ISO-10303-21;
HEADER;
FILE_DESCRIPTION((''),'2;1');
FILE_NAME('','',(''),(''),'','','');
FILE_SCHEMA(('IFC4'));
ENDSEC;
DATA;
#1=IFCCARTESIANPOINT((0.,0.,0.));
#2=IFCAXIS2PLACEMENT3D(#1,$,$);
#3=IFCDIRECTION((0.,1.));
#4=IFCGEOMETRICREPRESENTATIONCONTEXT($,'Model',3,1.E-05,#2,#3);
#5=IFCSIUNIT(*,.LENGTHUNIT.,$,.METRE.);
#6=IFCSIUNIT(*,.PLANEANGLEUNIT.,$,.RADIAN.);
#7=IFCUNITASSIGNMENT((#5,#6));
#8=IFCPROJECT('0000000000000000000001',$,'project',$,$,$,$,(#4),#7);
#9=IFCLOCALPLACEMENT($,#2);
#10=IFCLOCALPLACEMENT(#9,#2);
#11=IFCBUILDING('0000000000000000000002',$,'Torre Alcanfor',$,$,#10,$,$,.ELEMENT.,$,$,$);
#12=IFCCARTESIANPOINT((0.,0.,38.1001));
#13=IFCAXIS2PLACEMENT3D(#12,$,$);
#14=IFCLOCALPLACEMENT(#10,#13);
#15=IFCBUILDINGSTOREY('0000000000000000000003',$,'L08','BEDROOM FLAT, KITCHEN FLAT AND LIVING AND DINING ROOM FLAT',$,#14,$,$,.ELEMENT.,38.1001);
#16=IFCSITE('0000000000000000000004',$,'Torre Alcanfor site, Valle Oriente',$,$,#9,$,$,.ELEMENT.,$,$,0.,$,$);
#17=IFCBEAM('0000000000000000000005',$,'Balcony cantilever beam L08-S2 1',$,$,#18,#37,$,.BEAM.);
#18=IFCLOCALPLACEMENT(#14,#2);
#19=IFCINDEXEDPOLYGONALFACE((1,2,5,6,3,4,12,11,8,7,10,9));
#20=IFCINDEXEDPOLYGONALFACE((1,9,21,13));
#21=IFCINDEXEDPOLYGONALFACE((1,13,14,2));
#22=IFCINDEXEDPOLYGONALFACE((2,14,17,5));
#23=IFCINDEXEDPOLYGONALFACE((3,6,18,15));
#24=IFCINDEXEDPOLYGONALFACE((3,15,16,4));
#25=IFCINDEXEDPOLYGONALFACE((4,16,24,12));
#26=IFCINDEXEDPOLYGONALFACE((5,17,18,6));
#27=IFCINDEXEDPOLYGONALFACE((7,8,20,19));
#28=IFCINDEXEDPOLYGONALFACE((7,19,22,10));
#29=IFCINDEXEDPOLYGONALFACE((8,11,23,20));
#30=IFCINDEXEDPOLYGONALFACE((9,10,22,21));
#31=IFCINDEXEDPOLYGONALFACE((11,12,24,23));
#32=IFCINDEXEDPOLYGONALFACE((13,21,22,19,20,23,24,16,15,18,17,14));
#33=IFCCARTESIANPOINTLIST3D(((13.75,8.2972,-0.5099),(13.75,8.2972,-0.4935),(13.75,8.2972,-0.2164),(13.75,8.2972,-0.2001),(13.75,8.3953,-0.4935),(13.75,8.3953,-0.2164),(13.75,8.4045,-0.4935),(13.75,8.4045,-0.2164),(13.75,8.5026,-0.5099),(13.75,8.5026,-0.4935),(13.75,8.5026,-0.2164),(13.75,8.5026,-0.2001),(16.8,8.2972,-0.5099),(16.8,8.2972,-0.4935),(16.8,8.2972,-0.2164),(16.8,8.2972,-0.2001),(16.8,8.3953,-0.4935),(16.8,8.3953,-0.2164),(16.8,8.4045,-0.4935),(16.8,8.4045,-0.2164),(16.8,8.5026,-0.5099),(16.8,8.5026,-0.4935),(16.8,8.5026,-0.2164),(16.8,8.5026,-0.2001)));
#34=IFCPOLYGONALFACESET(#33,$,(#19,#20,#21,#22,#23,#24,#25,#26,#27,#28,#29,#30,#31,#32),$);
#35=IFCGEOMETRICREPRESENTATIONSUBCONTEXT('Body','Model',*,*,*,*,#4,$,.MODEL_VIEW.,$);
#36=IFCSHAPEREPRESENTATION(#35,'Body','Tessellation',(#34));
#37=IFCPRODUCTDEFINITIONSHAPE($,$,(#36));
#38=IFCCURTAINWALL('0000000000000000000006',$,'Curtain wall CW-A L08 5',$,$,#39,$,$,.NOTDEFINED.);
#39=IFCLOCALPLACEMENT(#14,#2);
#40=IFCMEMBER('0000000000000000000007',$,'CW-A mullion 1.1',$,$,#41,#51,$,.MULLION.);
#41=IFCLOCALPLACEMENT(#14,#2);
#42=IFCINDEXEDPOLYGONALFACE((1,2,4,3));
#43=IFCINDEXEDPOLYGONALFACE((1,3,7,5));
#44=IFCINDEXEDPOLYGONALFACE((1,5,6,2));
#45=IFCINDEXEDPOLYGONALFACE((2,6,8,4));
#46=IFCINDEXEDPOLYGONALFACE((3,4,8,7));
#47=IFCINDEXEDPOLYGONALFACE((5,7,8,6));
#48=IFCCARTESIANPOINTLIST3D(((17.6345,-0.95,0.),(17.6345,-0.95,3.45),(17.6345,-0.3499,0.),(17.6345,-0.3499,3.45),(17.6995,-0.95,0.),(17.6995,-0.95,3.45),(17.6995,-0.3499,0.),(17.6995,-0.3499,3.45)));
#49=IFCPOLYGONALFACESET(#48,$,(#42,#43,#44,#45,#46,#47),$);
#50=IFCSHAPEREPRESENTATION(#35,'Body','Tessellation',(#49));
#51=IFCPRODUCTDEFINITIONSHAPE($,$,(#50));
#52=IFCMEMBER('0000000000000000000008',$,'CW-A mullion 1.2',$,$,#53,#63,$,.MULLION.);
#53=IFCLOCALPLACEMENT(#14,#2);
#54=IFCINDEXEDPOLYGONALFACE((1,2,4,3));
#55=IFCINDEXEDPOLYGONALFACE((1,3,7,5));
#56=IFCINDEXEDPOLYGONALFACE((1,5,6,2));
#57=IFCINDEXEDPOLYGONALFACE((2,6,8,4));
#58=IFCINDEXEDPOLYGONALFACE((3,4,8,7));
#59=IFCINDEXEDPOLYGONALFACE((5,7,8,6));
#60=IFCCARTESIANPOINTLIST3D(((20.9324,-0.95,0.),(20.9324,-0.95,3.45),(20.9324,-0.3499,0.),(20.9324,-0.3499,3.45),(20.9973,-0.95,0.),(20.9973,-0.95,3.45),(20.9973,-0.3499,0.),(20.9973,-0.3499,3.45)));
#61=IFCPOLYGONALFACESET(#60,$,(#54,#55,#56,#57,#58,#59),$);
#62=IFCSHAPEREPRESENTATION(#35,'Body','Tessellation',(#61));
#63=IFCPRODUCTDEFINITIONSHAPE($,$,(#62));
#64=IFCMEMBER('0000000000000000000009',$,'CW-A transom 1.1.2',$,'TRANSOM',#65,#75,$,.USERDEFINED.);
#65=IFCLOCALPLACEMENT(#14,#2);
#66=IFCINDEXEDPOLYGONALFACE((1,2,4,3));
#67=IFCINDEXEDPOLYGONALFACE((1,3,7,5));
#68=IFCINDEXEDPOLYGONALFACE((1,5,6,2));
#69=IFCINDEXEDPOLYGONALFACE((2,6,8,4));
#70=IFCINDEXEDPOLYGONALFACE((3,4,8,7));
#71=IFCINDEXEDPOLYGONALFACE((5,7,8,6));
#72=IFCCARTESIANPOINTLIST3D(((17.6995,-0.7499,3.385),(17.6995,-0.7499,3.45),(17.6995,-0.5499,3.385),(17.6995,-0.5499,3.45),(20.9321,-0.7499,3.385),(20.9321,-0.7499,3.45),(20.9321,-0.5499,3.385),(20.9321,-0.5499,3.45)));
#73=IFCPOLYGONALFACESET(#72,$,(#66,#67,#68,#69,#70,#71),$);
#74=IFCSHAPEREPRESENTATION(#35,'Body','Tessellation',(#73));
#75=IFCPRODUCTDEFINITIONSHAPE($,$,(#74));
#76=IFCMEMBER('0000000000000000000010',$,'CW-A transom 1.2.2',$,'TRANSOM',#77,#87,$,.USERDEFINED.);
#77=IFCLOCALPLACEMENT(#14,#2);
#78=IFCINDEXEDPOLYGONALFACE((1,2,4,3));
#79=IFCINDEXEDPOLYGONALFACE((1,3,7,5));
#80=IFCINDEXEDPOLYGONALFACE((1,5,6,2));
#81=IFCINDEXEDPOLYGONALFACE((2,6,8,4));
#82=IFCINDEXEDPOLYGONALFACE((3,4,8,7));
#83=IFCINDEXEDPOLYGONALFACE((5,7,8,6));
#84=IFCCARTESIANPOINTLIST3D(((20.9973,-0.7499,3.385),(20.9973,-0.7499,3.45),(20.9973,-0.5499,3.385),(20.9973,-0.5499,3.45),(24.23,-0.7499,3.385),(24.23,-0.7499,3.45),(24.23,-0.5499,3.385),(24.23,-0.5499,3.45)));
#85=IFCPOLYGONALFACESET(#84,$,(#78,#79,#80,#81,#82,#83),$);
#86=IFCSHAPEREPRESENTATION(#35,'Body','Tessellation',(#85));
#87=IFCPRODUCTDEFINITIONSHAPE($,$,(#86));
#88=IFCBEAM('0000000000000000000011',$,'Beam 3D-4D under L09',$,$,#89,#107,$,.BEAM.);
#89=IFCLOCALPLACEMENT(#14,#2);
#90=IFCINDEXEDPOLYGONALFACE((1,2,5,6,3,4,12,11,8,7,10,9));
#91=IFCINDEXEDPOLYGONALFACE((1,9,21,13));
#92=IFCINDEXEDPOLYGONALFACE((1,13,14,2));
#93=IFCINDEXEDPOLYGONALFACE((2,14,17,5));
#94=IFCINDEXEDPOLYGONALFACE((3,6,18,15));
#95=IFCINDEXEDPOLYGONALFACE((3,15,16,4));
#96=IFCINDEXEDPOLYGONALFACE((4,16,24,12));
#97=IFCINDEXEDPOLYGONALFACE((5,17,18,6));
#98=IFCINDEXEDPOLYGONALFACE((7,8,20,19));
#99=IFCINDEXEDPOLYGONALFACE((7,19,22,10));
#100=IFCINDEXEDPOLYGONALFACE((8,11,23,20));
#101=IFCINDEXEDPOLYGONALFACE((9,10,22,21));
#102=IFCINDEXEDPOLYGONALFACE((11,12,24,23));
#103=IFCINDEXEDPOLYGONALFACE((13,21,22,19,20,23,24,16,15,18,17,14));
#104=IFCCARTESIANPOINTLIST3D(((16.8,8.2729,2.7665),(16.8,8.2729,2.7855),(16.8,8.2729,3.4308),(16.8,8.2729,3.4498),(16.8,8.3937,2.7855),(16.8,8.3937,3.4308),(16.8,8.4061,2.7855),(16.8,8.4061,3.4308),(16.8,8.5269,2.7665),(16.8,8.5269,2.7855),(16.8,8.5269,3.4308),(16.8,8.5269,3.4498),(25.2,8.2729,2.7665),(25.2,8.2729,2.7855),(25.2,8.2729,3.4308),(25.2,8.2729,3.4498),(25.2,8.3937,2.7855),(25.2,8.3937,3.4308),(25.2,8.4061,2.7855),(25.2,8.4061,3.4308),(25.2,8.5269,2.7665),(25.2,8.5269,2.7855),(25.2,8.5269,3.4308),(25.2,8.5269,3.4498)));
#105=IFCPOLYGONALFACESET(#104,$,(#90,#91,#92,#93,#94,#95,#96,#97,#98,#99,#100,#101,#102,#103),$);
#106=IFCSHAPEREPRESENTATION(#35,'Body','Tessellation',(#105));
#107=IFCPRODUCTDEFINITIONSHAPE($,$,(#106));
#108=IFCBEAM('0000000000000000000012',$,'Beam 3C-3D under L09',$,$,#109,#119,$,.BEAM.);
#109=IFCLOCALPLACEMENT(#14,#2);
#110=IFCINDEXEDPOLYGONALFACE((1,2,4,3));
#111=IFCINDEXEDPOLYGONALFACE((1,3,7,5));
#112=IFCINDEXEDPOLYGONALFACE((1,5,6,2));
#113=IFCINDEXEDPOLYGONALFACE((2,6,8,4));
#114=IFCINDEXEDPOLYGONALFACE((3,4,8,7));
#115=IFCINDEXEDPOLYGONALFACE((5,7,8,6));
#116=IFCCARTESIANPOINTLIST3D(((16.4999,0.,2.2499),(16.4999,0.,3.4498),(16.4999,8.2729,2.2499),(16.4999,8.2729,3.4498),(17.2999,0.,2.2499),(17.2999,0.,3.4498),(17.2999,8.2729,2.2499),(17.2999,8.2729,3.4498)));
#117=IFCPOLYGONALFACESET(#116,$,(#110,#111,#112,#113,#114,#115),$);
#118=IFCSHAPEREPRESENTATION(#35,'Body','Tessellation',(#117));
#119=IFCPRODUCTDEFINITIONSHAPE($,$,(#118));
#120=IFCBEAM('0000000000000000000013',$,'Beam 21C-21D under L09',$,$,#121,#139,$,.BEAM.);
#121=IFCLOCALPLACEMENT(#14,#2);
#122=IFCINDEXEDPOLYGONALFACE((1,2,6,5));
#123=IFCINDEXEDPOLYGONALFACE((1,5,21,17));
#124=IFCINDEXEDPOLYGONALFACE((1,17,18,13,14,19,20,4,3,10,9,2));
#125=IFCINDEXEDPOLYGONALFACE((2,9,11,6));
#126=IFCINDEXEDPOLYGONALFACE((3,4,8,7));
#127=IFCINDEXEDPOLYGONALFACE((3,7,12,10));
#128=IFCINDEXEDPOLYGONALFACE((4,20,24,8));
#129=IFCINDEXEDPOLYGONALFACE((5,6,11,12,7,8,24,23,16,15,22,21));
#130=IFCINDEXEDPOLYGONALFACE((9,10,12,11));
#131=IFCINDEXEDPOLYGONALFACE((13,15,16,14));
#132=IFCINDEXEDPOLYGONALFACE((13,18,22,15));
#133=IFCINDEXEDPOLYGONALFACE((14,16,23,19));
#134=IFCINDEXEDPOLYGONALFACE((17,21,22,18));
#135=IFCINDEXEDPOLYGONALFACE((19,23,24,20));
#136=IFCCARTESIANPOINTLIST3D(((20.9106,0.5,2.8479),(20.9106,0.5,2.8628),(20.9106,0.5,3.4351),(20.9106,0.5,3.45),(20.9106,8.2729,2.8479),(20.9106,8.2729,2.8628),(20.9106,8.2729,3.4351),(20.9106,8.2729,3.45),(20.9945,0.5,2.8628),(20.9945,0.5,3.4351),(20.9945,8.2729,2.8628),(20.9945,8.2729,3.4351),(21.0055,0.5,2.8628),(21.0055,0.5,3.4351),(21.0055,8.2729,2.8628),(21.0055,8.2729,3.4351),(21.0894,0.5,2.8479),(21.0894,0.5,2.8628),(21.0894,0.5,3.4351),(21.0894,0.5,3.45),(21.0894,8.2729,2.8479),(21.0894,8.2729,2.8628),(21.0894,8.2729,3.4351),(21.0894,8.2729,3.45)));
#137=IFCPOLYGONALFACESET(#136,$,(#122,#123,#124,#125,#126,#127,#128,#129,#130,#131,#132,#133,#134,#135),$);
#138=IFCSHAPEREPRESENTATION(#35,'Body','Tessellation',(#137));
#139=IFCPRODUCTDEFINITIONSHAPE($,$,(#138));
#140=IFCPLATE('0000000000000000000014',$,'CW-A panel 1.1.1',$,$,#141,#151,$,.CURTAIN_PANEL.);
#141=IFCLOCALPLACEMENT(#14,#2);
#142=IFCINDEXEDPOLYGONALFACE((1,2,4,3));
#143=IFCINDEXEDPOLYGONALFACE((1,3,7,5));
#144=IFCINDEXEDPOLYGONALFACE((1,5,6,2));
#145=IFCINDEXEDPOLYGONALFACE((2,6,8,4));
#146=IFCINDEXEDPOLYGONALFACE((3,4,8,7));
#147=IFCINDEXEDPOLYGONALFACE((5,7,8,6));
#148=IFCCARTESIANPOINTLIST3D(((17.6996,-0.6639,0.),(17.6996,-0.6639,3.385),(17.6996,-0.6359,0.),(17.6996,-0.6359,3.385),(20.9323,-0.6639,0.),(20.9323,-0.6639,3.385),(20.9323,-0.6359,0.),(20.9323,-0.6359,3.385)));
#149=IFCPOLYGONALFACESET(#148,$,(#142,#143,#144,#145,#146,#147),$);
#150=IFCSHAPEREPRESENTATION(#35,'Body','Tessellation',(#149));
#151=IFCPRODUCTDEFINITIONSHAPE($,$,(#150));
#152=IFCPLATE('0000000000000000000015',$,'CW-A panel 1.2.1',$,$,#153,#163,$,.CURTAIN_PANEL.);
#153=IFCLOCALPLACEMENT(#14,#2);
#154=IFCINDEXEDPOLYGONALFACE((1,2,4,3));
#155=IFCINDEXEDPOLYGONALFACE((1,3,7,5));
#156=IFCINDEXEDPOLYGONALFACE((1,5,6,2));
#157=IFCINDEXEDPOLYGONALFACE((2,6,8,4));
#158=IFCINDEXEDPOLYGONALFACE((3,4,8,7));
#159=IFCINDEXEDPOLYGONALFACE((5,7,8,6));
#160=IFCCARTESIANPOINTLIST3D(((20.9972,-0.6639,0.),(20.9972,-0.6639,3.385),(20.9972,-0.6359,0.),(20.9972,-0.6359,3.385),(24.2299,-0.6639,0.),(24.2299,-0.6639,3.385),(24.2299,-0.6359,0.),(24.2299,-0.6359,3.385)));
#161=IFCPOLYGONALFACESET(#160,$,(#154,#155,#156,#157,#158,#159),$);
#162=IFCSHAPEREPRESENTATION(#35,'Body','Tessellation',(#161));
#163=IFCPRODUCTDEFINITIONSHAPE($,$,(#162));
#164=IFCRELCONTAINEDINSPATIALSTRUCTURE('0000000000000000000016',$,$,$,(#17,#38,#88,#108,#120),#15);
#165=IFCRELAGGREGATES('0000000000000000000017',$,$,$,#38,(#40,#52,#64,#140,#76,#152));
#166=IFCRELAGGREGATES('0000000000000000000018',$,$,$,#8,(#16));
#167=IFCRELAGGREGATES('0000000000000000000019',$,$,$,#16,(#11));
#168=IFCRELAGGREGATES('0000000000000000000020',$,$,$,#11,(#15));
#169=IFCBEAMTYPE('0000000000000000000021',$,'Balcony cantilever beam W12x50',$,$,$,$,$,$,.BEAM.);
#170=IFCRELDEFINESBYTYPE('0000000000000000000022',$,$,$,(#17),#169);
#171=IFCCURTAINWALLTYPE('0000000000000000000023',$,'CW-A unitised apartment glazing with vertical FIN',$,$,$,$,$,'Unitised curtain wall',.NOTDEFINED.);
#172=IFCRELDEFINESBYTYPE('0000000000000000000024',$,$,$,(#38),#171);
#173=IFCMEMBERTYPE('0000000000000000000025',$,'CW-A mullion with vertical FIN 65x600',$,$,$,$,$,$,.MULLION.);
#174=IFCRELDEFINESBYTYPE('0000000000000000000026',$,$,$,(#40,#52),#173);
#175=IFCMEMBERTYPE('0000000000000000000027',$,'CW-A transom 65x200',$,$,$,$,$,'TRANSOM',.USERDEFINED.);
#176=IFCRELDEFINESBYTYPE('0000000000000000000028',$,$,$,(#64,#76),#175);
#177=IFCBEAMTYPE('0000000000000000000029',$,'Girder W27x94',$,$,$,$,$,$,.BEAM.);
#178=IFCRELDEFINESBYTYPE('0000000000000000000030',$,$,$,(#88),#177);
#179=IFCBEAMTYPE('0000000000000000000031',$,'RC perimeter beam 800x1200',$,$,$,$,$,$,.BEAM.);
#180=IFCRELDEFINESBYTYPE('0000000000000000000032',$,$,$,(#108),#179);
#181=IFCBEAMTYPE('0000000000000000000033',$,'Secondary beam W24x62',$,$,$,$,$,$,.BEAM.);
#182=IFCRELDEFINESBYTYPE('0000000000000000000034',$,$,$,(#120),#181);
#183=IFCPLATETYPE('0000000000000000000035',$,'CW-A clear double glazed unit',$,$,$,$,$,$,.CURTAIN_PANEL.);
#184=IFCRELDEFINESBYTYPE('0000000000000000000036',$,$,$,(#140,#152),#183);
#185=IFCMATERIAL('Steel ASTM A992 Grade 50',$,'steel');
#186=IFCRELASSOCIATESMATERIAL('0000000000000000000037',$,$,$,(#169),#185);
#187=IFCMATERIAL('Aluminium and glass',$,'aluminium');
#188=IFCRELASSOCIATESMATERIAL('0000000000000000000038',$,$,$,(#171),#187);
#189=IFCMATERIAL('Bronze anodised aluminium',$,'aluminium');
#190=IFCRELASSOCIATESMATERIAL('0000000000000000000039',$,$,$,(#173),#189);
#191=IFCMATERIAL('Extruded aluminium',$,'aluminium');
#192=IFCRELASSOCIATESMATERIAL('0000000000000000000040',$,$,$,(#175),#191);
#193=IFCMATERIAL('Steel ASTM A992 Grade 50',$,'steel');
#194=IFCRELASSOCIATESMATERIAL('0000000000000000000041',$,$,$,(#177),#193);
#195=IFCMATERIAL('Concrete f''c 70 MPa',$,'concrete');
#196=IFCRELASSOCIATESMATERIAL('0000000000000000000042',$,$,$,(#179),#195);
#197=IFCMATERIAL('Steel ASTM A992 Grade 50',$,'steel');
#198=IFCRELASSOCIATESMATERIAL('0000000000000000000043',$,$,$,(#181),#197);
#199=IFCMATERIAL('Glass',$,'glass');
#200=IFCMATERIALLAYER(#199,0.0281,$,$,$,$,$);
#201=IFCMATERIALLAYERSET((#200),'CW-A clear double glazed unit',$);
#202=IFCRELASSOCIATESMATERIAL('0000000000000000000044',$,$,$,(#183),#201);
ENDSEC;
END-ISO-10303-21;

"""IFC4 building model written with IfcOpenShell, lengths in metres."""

from ifc_helpers import new_model, si_unit, direction, frame, origin, origin_2d, place, context, subcontext, project, spatial, rectangle, i_section, extrude, material, layer, layer_set, material_profile, profile_set, type_object, element, aggregate, save


model = new_model("IFC4")

# Units and contexts
model_context = context("Model", 3, precision=1e-05, world=origin(), true_north=direction((0.0, 1.0)))
body_context = subcontext(model_context, "Body", "Model", "MODEL_VIEW")
ifc_project = project(units=[si_unit("LENGTHUNIT", "METRE"), si_unit("PLANEANGLEUNIT", "RADIAN")], contexts=[model_context])

# Site, building, storey
site_placement = place(None, origin())
site = spatial("IfcSite", under=ifc_project, at=site_placement, Name="Torre Alcanfor site, Valle Oriente", CompositionType="ELEMENT", RefElevation=0.0)
building_placement = place(site_placement, origin())
building = spatial("IfcBuilding", under=site, at=building_placement, Name="Torre Alcanfor", CompositionType="ELEMENT")
storey_placement = place(building_placement, frame((0.0, 0.0, 38.1001)))
storey = spatial("IfcBuildingStorey", under=building, at=storey_placement, Name="L08", Description="BEDROOM FLAT, KITCHEN FLAT AND LIVING AND DINING ROOM FLAT", CompositionType="ELEMENT", Elevation=38.1001)

# Beam
ifc_material_1 = material(Name="Steel ASTM A992 Grade 50", Category="steel")
ifc_material_profile_1 = material_profile(ifc_material_1, i_section(OverallWidth=0.2053, OverallDepth=0.3098, WebThickness=0.0093, FlangeThickness=0.0164, at=origin_2d()), Name="W12x50")
ifc_profile_set_1 = profile_set([ifc_material_profile_1], Name="Steel ASTM A992 Grade 50")
beam_type_1 = type_object("IfcBeamType", Name="Balcony cantilever beam W12x50", PredefinedType="BEAM", material=ifc_profile_set_1)
beam_1_placement = place(storey_placement, frame((16.8, 8.3999, -0.355), z_axis=(-1.0, 0.0, 0.0), x_axis=(0.0, -1.0, 0.0)))
element("IfcBeam", 1, at=beam_1_placement, inside=storey, type_object=beam_type_1, Name="Balcony cantilever beam L08-S2 1", PredefinedType="BEAM", context=body_context, shape_type="SweptSolid", body=[
    extrude(i_section(OverallWidth=0.2053, OverallDepth=0.3098, WebThickness=0.0093, FlangeThickness=0.0164, at=origin_2d()), origin(), (0.0, 0.0, 1.0), 3.05),
])

# Curtain wall, members
ifc_material_2 = material(Name="Aluminium and glass", Category="aluminium")
curtain_wall_type = type_object("IfcCurtainWallType", Name="CW-A unitised apartment glazing with vertical FIN", ElementType="Unitised curtain wall", PredefinedType="NOTDEFINED", material=ifc_material_2)
curtain_wall_placement = place(storey_placement, origin())
curtain_wall = element("IfcCurtainWall", 2, at=curtain_wall_placement, inside=storey, type_object=curtain_wall_type, Name="Curtain wall CW-A L08 5", PredefinedType="NOTDEFINED")
ifc_material_3 = material(Name="Bronze anodised aluminium", Category="aluminium")
ifc_material_profile_2 = material_profile(ifc_material_3, rectangle(XDim=0.6001, YDim=0.0649, at=origin_2d()), Name="CW-A mullion 65x600")
ifc_profile_set_2 = profile_set([ifc_material_profile_2], Name="Bronze anodised aluminium")
member_type_1 = type_object("IfcMemberType", Name="CW-A mullion with vertical FIN 65x600", PredefinedType="MULLION", material=ifc_profile_set_2)
member_1_placement = place(storey_placement, frame((17.667, -0.6499, 0.0), z_axis=(0.0, 0.0, 1.0), x_axis=(0.0, 1.0, 0.0)))
member_1 = element("IfcMember", 3, at=member_1_placement, type_object=member_type_1, Name="CW-A mullion 1.1", PredefinedType="MULLION", context=body_context, shape_type="SweptSolid", body=[
    extrude(rectangle(XDim=0.6001, YDim=0.0649, at=origin_2d()), origin(), (0.0, 0.0, 1.0), 3.45),
])
member_2_placement = place(storey_placement, frame((20.9648, -0.6499, 0.0), z_axis=(0.0, 0.0, 1.0), x_axis=(0.0, 1.0, 0.0)))
member_2 = element("IfcMember", 4, at=member_2_placement, type_object=member_type_1, Name="CW-A mullion 1.2", PredefinedType="MULLION", context=body_context, shape_type="SweptSolid", body=[
    extrude(rectangle(XDim=0.6001, YDim=0.0649, at=origin_2d()), origin(), (0.0, 0.0, 1.0), 3.45),
])
ifc_material_4 = material(Name="Extruded aluminium", Category="aluminium")
ifc_material_profile_3 = material_profile(ifc_material_4, rectangle(XDim=0.2, YDim=0.0649, at=origin_2d()), Name="CW-A transom 200x65")
ifc_profile_set_3 = profile_set([ifc_material_profile_3], Name="Extruded aluminium")
member_type_2 = type_object("IfcMemberType", Name="CW-A transom 65x200", ElementType="TRANSOM", PredefinedType="USERDEFINED", material=ifc_profile_set_3)
member_3_placement = place(storey_placement, frame((17.6995, -0.6499, 3.4175), z_axis=(1.0, 0.0, 0.0), x_axis=(0.0, 1.0, 0.0)))
member_3 = element("IfcMember", 5, at=member_3_placement, type_object=member_type_2, Name="CW-A transom 1.1.2", ObjectType="TRANSOM", PredefinedType="USERDEFINED", context=body_context, shape_type="SweptSolid", body=[
    extrude(rectangle(XDim=0.2, YDim=0.0649, at=origin_2d()), origin(), (0.0, 0.0, 1.0), 3.2327),
])
member_4_placement = place(storey_placement, frame((20.9973, -0.6499, 3.4175), z_axis=(1.0, 0.0, 0.0), x_axis=(0.0, 1.0, 0.0)))
member_4 = element("IfcMember", 6, at=member_4_placement, type_object=member_type_2, Name="CW-A transom 1.2.2", ObjectType="TRANSOM", PredefinedType="USERDEFINED", context=body_context, shape_type="SweptSolid", body=[
    extrude(rectangle(XDim=0.2, YDim=0.0649, at=origin_2d()), origin(), (0.0, 0.0, 1.0), 3.2327),
])

# Beams
ifc_material_5 = material(Name="Steel ASTM A992 Grade 50", Category="steel")
ifc_material_profile_4 = material_profile(ifc_material_5, i_section(OverallWidth=0.2539, OverallDepth=0.6833, WebThickness=0.0125, FlangeThickness=0.019, at=origin_2d()), Name="W27x94")
ifc_profile_set_4 = profile_set([ifc_material_profile_4], Name="Steel ASTM A992 Grade 50")
beam_type_2 = type_object("IfcBeamType", Name="Girder W27x94", PredefinedType="BEAM", material=ifc_profile_set_4)
beam_2_placement = place(storey_placement, frame((16.8, 8.3999, 3.1082), z_axis=(1.0, 0.0, 0.0), x_axis=(0.0, 1.0, 0.0)))
element("IfcBeam", 7, at=beam_2_placement, inside=storey, type_object=beam_type_2, Name="Beam 3D-4D under L09", PredefinedType="BEAM", context=body_context, shape_type="SweptSolid", body=[
    extrude(i_section(OverallWidth=0.2539, OverallDepth=0.6833, WebThickness=0.0125, FlangeThickness=0.019, at=origin_2d()), origin(), (0.0, 0.0, 1.0), 8.3999),
])
ifc_material_6 = material(Name="Concrete f'c 70 MPa", Category="concrete")
ifc_material_profile_5 = material_profile(ifc_material_6, rectangle(XDim=0.8, YDim=1.2, at=origin_2d()), Name="800x1200")
ifc_profile_set_5 = profile_set([ifc_material_profile_5], Name="Concrete f'c 70 MPa")
beam_type_3 = type_object("IfcBeamType", Name="RC perimeter beam 800x1200", PredefinedType="BEAM", material=ifc_profile_set_5)
beam_3_placement = place(storey_placement, frame((16.8999, 0.0, 2.8499), z_axis=(0.0, 1.0, 0.0), x_axis=(-1.0, 0.0, 0.0)))
element("IfcBeam", 8, at=beam_3_placement, inside=storey, type_object=beam_type_3, Name="Beam 3C-3D under L09", PredefinedType="BEAM", context=body_context, shape_type="SweptSolid", body=[
    extrude(rectangle(XDim=0.8, YDim=1.2, at=origin_2d()), origin(), (0.0, 0.0, 1.0), 8.2729),
])
ifc_material_7 = material(Name="Steel ASTM A992 Grade 50", Category="steel")
ifc_material_profile_6 = material_profile(ifc_material_7, i_section(OverallWidth=0.1787, OverallDepth=0.6021, WebThickness=0.011, FlangeThickness=0.0149, at=origin_2d()), Name="W24x62")
ifc_profile_set_6 = profile_set([ifc_material_profile_6], Name="Steel ASTM A992 Grade 50")
beam_type_4 = type_object("IfcBeamType", Name="Secondary beam W24x62", PredefinedType="BEAM", material=ifc_profile_set_6)
beam_4_placement = place(storey_placement, frame((21.0, 0.5, 3.1489), z_axis=(0.0, 1.0, 0.0), x_axis=(-1.0, 0.0, 0.0)))
element("IfcBeam", 9, at=beam_4_placement, inside=storey, type_object=beam_type_4, Name="Beam 21C-21D under L09", PredefinedType="BEAM", context=body_context, shape_type="SweptSolid", body=[
    extrude(i_section(OverallWidth=0.1787, OverallDepth=0.6021, WebThickness=0.011, FlangeThickness=0.0149, at=origin_2d()), origin(), (0.0, 0.0, 1.0), 7.7729),
])

# Plates
ifc_material_8 = material(Name="Glass", Category="glass")
ifc_layer_1 = layer(ifc_material_8, 0.0281)
ifc_layer_set_1 = layer_set([ifc_layer_1], Name="CW-A clear double glazed unit")
plate_type = type_object("IfcPlateType", Name="CW-A clear double glazed unit", PredefinedType="CURTAIN_PANEL", material=ifc_layer_set_1)
plate_1_placement = place(storey_placement, frame((19.3159, -0.6499, 0.0), z_axis=(0.0, 0.0, 1.0), x_axis=(1.0, 0.0, 0.0)))
plate_1 = element("IfcPlate", 10, at=plate_1_placement, type_object=plate_type, Name="CW-A panel 1.1.1", PredefinedType="CURTAIN_PANEL", context=body_context, shape_type="SweptSolid", body=[
    extrude(rectangle(XDim=3.2327, YDim=0.0281, at=origin_2d()), origin(), (0.0, 0.0, 1.0), 3.385),
])
plate_2_placement = place(storey_placement, frame((22.6135, -0.6499, 0.0), z_axis=(0.0, 0.0, 1.0), x_axis=(1.0, 0.0, 0.0)))
plate_2 = element("IfcPlate", 11, at=plate_2_placement, type_object=plate_type, Name="CW-A panel 1.2.1", PredefinedType="CURTAIN_PANEL", context=body_context, shape_type="SweptSolid", body=[
    extrude(rectangle(XDim=3.2327, YDim=0.0281, at=origin_2d()), origin(), (0.0, 0.0, 1.0), 3.385),
])
aggregate(curtain_wall, [member_1, member_2, member_3, plate_1, member_4, plate_2])

save(model, "model.ifc")
